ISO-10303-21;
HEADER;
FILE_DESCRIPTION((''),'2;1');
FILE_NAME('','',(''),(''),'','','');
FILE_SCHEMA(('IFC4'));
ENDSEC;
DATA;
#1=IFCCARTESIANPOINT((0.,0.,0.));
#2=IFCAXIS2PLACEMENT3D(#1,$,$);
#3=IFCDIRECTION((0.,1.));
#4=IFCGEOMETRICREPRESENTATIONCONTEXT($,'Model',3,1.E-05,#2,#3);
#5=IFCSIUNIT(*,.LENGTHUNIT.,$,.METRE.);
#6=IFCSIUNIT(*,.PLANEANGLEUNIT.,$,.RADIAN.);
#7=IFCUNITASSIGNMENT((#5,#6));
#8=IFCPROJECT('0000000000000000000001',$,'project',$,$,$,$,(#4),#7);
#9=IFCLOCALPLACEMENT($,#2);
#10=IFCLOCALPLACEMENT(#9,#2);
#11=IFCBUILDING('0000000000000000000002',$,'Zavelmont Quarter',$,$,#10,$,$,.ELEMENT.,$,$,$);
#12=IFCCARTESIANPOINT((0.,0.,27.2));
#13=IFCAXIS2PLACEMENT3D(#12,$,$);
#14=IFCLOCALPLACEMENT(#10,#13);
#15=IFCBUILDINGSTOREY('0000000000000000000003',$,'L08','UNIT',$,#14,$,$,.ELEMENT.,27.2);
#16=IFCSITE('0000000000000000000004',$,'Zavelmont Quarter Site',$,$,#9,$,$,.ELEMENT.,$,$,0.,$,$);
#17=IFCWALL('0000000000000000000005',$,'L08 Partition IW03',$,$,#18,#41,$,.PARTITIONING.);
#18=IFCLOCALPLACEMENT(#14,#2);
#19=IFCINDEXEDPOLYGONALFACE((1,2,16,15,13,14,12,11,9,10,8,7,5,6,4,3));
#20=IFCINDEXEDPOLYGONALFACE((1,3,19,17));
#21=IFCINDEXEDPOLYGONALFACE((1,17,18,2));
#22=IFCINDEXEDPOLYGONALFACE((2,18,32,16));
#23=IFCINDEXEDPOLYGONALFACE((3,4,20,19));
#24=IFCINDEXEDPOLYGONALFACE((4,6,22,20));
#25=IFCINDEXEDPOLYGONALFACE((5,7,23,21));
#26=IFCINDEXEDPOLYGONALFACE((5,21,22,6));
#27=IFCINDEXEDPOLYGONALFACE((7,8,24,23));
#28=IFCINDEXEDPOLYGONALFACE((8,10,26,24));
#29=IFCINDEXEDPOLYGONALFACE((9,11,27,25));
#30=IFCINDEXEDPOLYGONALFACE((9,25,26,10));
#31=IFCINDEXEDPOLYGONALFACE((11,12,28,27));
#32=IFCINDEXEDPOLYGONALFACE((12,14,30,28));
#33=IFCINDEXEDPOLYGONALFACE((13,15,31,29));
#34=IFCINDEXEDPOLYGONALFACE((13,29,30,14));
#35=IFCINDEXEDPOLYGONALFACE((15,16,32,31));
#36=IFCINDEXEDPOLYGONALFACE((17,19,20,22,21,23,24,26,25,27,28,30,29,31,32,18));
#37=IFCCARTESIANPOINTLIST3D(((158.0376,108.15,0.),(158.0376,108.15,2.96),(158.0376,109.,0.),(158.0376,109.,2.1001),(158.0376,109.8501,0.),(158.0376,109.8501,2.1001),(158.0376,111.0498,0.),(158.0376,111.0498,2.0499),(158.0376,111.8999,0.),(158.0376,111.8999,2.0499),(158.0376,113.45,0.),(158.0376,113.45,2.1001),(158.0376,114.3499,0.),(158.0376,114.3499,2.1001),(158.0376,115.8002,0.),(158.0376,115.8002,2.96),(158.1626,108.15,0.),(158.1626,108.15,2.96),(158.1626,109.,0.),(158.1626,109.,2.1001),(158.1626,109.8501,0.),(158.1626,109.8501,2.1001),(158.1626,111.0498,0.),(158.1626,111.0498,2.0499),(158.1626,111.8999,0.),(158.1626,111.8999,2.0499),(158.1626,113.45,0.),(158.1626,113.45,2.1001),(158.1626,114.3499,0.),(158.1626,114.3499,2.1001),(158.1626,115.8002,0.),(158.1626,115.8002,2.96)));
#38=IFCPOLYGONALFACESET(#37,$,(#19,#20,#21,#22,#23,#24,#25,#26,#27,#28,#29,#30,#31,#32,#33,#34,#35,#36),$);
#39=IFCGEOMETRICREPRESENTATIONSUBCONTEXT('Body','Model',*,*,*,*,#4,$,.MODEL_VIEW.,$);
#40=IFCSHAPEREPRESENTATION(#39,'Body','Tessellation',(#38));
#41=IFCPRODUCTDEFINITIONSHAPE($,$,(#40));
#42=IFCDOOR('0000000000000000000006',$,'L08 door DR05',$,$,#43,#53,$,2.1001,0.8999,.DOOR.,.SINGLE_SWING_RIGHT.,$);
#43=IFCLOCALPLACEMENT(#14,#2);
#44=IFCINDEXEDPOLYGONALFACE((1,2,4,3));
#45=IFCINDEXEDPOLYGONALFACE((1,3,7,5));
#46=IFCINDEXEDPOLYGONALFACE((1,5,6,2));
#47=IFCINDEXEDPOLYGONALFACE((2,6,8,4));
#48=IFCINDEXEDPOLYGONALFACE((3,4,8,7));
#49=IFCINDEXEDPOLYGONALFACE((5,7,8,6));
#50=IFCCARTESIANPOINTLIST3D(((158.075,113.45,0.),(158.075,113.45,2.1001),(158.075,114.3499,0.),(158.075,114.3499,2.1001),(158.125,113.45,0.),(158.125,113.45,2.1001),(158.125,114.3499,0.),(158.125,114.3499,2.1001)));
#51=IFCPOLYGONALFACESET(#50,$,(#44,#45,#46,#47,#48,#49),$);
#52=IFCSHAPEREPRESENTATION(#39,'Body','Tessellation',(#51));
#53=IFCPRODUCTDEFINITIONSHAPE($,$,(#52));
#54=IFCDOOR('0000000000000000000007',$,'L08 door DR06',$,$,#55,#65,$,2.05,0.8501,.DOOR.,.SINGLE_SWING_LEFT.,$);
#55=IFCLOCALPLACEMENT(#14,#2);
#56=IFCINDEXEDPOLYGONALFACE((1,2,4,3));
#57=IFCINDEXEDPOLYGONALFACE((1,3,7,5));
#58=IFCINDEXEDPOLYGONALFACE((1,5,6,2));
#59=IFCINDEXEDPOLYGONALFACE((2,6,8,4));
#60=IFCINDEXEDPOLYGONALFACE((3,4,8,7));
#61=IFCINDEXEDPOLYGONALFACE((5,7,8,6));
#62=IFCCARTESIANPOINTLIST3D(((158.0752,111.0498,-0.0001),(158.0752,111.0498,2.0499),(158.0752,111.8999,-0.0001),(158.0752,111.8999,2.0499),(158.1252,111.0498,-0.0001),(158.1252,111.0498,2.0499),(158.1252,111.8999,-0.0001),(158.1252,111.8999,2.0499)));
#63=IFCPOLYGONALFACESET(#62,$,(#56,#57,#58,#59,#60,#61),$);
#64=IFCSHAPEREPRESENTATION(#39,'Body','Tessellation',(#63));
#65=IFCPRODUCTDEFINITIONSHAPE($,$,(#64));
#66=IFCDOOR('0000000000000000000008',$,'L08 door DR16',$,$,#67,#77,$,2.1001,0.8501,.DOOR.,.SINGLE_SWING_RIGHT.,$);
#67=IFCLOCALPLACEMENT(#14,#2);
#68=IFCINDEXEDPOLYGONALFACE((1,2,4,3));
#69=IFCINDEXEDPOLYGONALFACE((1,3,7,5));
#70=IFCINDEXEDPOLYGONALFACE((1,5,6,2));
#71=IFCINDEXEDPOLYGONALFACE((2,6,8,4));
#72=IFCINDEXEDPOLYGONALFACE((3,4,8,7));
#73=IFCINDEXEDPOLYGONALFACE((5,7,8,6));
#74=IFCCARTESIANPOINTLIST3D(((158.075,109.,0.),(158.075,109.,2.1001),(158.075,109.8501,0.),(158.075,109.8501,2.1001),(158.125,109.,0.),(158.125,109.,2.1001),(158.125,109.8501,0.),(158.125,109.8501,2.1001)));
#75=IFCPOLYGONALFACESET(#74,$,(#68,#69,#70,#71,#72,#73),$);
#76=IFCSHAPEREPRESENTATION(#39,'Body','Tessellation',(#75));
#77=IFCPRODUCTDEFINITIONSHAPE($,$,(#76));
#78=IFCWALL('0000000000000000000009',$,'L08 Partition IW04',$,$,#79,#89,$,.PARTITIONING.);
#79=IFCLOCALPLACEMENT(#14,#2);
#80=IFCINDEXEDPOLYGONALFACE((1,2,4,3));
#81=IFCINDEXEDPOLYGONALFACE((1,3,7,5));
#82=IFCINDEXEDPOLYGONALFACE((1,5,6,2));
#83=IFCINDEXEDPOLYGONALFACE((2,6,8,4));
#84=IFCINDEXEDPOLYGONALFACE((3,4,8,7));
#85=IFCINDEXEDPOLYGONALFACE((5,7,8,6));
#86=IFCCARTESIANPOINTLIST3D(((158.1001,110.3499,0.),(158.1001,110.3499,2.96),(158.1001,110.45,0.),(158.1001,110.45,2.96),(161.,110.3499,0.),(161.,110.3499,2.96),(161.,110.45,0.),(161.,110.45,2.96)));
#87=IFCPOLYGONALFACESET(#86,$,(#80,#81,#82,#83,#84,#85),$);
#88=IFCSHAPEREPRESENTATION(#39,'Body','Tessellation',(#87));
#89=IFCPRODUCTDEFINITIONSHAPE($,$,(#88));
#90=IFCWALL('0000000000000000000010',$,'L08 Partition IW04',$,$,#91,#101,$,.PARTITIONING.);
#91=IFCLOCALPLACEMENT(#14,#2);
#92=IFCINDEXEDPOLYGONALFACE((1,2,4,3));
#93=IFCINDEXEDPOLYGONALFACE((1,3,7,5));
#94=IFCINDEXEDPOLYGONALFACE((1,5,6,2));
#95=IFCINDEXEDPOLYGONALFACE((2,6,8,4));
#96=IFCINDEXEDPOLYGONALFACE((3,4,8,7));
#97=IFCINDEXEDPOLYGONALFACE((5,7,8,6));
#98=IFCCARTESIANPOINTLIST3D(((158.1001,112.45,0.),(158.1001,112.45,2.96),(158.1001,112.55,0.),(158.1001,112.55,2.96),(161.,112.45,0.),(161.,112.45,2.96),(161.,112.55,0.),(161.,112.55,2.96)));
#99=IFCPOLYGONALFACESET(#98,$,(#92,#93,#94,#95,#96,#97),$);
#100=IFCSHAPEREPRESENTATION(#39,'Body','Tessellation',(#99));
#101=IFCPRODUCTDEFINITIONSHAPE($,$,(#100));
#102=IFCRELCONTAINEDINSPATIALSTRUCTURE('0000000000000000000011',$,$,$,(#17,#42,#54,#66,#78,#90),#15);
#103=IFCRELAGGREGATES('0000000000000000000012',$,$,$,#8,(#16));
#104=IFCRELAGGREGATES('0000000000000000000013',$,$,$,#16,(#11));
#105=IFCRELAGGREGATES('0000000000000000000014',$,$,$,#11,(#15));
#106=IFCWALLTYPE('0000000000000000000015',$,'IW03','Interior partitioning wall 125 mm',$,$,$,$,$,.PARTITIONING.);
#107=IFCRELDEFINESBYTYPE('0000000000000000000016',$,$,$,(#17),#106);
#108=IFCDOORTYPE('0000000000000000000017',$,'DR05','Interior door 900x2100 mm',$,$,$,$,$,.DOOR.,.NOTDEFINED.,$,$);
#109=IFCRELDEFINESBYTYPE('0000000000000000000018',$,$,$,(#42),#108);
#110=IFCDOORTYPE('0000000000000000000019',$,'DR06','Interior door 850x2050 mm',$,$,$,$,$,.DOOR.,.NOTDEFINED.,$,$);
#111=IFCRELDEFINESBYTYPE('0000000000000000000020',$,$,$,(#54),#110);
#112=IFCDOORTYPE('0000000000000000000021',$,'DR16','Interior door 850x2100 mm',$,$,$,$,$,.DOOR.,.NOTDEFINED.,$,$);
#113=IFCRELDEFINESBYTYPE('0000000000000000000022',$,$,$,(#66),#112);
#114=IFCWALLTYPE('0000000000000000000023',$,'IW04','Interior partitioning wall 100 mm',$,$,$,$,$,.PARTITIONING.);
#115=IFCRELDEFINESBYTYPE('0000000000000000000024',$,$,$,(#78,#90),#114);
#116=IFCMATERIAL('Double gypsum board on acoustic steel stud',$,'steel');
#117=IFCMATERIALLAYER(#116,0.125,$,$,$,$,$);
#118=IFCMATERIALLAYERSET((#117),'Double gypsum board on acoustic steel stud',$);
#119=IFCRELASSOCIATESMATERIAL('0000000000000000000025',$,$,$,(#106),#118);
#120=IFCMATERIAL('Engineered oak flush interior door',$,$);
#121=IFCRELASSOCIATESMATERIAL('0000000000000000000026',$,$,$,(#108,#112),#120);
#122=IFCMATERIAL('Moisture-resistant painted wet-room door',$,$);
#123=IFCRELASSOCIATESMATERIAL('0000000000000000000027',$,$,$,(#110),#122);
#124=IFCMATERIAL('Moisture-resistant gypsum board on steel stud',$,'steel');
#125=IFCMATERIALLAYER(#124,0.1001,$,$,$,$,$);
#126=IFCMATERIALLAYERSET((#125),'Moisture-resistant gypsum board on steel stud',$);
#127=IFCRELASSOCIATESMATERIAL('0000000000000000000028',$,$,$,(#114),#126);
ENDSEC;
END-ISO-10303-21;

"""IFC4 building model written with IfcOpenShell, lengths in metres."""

from ifc_helpers import new_model, si_unit, direction, frame, frame_2d, origin, origin_with_axes, place, context, subcontext, project, spatial, rectangle, extrude, material, layer, layer_set, type_object, element, fill, save


model = new_model("IFC4")

# Units and contexts
model_context = context("Model", 3, precision=1e-05, world=origin(), true_north=direction((0.0, 1.0)))
body_context = subcontext(model_context, "Body", "Model", "MODEL_VIEW")
ifc_project = project(units=[si_unit("LENGTHUNIT", "METRE"), si_unit("PLANEANGLEUNIT", "RADIAN")], contexts=[model_context])

# Site, building, storey
site_placement = place(None, origin())
site = spatial("IfcSite", under=ifc_project, at=site_placement, Name="Zavelmont Quarter Site", CompositionType="ELEMENT", RefElevation=0.0)
building_placement = place(site_placement, origin())
building = spatial("IfcBuilding", under=site, at=building_placement, Name="Zavelmont Quarter", CompositionType="ELEMENT")
storey_placement = place(building_placement, frame((0.0, 0.0, 27.2)))
storey = spatial("IfcBuildingStorey", under=building, at=storey_placement, Name="L08", Description="UNIT", CompositionType="ELEMENT", Elevation=27.2)

# Wall, openings, doors
ifc_material_1 = material(Name="Double gypsum board on acoustic steel stud", Category="steel")
ifc_layer_1 = layer(ifc_material_1, 0.125)
ifc_layer_set_1 = layer_set([ifc_layer_1], Name="Double gypsum board on acoustic steel stud")
wall_type_1 = type_object("IfcWallType", Name="IW03", Description="Interior partitioning wall 125 mm", PredefinedType="PARTITIONING", material=ifc_layer_set_1)
wall_1_placement = place(storey_placement, frame((158.1001, 108.1499, 0.0), z_axis=(0.0, 0.0, 1.0), x_axis=(0.0, 1.0, 0.0)))
wall_1 = element("IfcWall", 1, at=wall_1_placement, inside=storey, type_object=wall_type_1, Name="L08 Partition IW03", PredefinedType="PARTITIONING", context=body_context, shape_type="SweptSolid", body=[
    extrude(rectangle(XDim=7.6501, YDim=0.125, at=frame_2d((3.8252, 0.0))), origin(), (0.0, 0.0, 1.0), 2.96),
])
opening_1_placement = place(wall_1_placement, frame((0.8501, 0.0, 0.0)))
opening_1 = element("IfcOpeningElement", 2, at=opening_1_placement, cuts=wall_1, PredefinedType="OPENING", context=body_context, shape_type="SweptSolid", body=[
    extrude(rectangle(XDim=0.8501, YDim=2.1001, at=frame_2d((0.425, 1.05))), frame((0.0, 0.0745, 0.0), z_axis=(0.0, -1.0, 0.0), x_axis=(1.0, 0.0, 0.0)), (0.0, 0.0, 1.0), 0.1489),
])
opening_2_placement = place(wall_1_placement, frame((2.8999, 0.0, 0.0)))
opening_2 = element("IfcOpeningElement", 3, at=opening_2_placement, cuts=wall_1, PredefinedType="OPENING", context=body_context, shape_type="SweptSolid", body=[
    extrude(rectangle(XDim=0.8501, YDim=2.05, at=frame_2d((0.425, 1.0249))), frame((0.0, 0.0745, 0.0), z_axis=(0.0, -1.0, 0.0), x_axis=(1.0, 0.0, 0.0)), (0.0, 0.0, 1.0), 0.1489),
])
opening_3_placement = place(wall_1_placement, frame((5.3, 0.0, 0.0)))
opening_3 = element("IfcOpeningElement", 4, at=opening_3_placement, cuts=wall_1, PredefinedType="OPENING", context=body_context, shape_type="SweptSolid", body=[
    extrude(rectangle(XDim=0.8999, YDim=2.1001, at=frame_2d((0.45, 1.05))), frame((0.0, 0.0745, 0.0), z_axis=(0.0, -1.0, 0.0), x_axis=(1.0, 0.0, 0.0)), (0.0, 0.0, 1.0), 0.1489),
])
ifc_material_2 = material(Name="Engineered oak flush interior door")
door_type_1 = type_object("IfcDoorType", Name="DR05", Description="Interior door 900x2100 mm", OperationType="NOTDEFINED", PredefinedType="DOOR", material=ifc_material_2)
door_1_placement = place(opening_3_placement, frame((0.8999, 0.0, 0.0), z_axis=(0.0, 0.0, 1.0), x_axis=(-1.0, 0.0, 0.0)))
door_1 = element("IfcDoor", 5, at=door_1_placement, inside=storey, type_object=door_type_1, Name="L08 door DR05", OperationType="SINGLE_SWING_RIGHT", OverallHeight=2.1001, OverallWidth=0.8999, PredefinedType="DOOR", context=body_context, shape_type="SweptSolid", body=[
    extrude(rectangle(XDim=0.8999, YDim=2.1001, at=frame_2d((0.45, 1.05))), frame((0.0, 0.0249, 0.0), z_axis=(0.0, -1.0, 0.0), x_axis=(1.0, 0.0, 0.0)), (0.0, 0.0, 1.0), 0.05),
])
fill(opening_3, door_1)
ifc_material_3 = material(Name="Moisture-resistant painted wet-room door")
door_type_2 = type_object("IfcDoorType", Name="DR06", Description="Interior door 850x2050 mm", OperationType="NOTDEFINED", PredefinedType="DOOR", material=ifc_material_3)
door_2_placement = place(opening_2_placement, origin_with_axes())
door_2 = element("IfcDoor", 6, at=door_2_placement, inside=storey, type_object=door_type_2, Name="L08 door DR06", OperationType="SINGLE_SWING_LEFT", OverallHeight=2.05, OverallWidth=0.8501, PredefinedType="DOOR", context=body_context, shape_type="SweptSolid", body=[
    extrude(rectangle(XDim=0.8501, YDim=2.05, at=frame_2d((0.425, 1.0249))), frame((0.0, 0.0249, 0.0), z_axis=(0.0, -1.0, 0.0), x_axis=(1.0, 0.0, 0.0)), (0.0, 0.0, 1.0), 0.05),
])
fill(opening_2, door_2)
door_type_3 = type_object("IfcDoorType", Name="DR16", Description="Interior door 850x2100 mm", OperationType="NOTDEFINED", PredefinedType="DOOR", material=ifc_material_2)
door_3_placement = place(opening_1_placement, frame((0.8501, 0.0, 0.0), z_axis=(0.0, 0.0, 1.0), x_axis=(-1.0, 0.0, 0.0)))
door_3 = element("IfcDoor", 7, at=door_3_placement, inside=storey, type_object=door_type_3, Name="L08 door DR16", OperationType="SINGLE_SWING_RIGHT", OverallHeight=2.1001, OverallWidth=0.8501, PredefinedType="DOOR", context=body_context, shape_type="SweptSolid", body=[
    extrude(rectangle(XDim=0.8501, YDim=2.1001, at=frame_2d((0.425, 1.05))), frame((0.0, 0.0249, 0.0), z_axis=(0.0, -1.0, 0.0), x_axis=(1.0, 0.0, 0.0)), (0.0, 0.0, 1.0), 0.05),
])
fill(opening_1, door_3)

# Walls
ifc_material_4 = material(Name="Moisture-resistant gypsum board on steel stud", Category="steel")
ifc_layer_2 = layer(ifc_material_4, 0.1001)
ifc_layer_set_2 = layer_set([ifc_layer_2], Name="Moisture-resistant gypsum board on steel stud")
wall_type_2 = type_object("IfcWallType", Name="IW04", Description="Interior partitioning wall 100 mm", PredefinedType="PARTITIONING", material=ifc_layer_set_2)
for number, where, z_axis, x_axis, name in (
    (8, (158.1001, 110.3999, 0.0), (0.0, 0.0, 1.0), (1.0, 0.0, 0.0), "L08 Partition IW04"),
    (9, (158.1001, 112.5, 0.0), (0.0, 0.0, 1.0), (1.0, 0.0, 0.0), "L08 Partition IW04"),
):
    element("IfcWall", number, at=place(storey_placement, frame(where, z_axis=z_axis, x_axis=x_axis)), inside=storey, type_object=wall_type_2, Name=name, PredefinedType="PARTITIONING", context=body_context, shape_type="SweptSolid", body=[
        extrude(rectangle(XDim=2.8999, YDim=0.1001, at=frame_2d((1.45, 0.0))), origin(), (0.0, 0.0, 1.0), 2.96),
    ])

save(model, "model.ifc")
